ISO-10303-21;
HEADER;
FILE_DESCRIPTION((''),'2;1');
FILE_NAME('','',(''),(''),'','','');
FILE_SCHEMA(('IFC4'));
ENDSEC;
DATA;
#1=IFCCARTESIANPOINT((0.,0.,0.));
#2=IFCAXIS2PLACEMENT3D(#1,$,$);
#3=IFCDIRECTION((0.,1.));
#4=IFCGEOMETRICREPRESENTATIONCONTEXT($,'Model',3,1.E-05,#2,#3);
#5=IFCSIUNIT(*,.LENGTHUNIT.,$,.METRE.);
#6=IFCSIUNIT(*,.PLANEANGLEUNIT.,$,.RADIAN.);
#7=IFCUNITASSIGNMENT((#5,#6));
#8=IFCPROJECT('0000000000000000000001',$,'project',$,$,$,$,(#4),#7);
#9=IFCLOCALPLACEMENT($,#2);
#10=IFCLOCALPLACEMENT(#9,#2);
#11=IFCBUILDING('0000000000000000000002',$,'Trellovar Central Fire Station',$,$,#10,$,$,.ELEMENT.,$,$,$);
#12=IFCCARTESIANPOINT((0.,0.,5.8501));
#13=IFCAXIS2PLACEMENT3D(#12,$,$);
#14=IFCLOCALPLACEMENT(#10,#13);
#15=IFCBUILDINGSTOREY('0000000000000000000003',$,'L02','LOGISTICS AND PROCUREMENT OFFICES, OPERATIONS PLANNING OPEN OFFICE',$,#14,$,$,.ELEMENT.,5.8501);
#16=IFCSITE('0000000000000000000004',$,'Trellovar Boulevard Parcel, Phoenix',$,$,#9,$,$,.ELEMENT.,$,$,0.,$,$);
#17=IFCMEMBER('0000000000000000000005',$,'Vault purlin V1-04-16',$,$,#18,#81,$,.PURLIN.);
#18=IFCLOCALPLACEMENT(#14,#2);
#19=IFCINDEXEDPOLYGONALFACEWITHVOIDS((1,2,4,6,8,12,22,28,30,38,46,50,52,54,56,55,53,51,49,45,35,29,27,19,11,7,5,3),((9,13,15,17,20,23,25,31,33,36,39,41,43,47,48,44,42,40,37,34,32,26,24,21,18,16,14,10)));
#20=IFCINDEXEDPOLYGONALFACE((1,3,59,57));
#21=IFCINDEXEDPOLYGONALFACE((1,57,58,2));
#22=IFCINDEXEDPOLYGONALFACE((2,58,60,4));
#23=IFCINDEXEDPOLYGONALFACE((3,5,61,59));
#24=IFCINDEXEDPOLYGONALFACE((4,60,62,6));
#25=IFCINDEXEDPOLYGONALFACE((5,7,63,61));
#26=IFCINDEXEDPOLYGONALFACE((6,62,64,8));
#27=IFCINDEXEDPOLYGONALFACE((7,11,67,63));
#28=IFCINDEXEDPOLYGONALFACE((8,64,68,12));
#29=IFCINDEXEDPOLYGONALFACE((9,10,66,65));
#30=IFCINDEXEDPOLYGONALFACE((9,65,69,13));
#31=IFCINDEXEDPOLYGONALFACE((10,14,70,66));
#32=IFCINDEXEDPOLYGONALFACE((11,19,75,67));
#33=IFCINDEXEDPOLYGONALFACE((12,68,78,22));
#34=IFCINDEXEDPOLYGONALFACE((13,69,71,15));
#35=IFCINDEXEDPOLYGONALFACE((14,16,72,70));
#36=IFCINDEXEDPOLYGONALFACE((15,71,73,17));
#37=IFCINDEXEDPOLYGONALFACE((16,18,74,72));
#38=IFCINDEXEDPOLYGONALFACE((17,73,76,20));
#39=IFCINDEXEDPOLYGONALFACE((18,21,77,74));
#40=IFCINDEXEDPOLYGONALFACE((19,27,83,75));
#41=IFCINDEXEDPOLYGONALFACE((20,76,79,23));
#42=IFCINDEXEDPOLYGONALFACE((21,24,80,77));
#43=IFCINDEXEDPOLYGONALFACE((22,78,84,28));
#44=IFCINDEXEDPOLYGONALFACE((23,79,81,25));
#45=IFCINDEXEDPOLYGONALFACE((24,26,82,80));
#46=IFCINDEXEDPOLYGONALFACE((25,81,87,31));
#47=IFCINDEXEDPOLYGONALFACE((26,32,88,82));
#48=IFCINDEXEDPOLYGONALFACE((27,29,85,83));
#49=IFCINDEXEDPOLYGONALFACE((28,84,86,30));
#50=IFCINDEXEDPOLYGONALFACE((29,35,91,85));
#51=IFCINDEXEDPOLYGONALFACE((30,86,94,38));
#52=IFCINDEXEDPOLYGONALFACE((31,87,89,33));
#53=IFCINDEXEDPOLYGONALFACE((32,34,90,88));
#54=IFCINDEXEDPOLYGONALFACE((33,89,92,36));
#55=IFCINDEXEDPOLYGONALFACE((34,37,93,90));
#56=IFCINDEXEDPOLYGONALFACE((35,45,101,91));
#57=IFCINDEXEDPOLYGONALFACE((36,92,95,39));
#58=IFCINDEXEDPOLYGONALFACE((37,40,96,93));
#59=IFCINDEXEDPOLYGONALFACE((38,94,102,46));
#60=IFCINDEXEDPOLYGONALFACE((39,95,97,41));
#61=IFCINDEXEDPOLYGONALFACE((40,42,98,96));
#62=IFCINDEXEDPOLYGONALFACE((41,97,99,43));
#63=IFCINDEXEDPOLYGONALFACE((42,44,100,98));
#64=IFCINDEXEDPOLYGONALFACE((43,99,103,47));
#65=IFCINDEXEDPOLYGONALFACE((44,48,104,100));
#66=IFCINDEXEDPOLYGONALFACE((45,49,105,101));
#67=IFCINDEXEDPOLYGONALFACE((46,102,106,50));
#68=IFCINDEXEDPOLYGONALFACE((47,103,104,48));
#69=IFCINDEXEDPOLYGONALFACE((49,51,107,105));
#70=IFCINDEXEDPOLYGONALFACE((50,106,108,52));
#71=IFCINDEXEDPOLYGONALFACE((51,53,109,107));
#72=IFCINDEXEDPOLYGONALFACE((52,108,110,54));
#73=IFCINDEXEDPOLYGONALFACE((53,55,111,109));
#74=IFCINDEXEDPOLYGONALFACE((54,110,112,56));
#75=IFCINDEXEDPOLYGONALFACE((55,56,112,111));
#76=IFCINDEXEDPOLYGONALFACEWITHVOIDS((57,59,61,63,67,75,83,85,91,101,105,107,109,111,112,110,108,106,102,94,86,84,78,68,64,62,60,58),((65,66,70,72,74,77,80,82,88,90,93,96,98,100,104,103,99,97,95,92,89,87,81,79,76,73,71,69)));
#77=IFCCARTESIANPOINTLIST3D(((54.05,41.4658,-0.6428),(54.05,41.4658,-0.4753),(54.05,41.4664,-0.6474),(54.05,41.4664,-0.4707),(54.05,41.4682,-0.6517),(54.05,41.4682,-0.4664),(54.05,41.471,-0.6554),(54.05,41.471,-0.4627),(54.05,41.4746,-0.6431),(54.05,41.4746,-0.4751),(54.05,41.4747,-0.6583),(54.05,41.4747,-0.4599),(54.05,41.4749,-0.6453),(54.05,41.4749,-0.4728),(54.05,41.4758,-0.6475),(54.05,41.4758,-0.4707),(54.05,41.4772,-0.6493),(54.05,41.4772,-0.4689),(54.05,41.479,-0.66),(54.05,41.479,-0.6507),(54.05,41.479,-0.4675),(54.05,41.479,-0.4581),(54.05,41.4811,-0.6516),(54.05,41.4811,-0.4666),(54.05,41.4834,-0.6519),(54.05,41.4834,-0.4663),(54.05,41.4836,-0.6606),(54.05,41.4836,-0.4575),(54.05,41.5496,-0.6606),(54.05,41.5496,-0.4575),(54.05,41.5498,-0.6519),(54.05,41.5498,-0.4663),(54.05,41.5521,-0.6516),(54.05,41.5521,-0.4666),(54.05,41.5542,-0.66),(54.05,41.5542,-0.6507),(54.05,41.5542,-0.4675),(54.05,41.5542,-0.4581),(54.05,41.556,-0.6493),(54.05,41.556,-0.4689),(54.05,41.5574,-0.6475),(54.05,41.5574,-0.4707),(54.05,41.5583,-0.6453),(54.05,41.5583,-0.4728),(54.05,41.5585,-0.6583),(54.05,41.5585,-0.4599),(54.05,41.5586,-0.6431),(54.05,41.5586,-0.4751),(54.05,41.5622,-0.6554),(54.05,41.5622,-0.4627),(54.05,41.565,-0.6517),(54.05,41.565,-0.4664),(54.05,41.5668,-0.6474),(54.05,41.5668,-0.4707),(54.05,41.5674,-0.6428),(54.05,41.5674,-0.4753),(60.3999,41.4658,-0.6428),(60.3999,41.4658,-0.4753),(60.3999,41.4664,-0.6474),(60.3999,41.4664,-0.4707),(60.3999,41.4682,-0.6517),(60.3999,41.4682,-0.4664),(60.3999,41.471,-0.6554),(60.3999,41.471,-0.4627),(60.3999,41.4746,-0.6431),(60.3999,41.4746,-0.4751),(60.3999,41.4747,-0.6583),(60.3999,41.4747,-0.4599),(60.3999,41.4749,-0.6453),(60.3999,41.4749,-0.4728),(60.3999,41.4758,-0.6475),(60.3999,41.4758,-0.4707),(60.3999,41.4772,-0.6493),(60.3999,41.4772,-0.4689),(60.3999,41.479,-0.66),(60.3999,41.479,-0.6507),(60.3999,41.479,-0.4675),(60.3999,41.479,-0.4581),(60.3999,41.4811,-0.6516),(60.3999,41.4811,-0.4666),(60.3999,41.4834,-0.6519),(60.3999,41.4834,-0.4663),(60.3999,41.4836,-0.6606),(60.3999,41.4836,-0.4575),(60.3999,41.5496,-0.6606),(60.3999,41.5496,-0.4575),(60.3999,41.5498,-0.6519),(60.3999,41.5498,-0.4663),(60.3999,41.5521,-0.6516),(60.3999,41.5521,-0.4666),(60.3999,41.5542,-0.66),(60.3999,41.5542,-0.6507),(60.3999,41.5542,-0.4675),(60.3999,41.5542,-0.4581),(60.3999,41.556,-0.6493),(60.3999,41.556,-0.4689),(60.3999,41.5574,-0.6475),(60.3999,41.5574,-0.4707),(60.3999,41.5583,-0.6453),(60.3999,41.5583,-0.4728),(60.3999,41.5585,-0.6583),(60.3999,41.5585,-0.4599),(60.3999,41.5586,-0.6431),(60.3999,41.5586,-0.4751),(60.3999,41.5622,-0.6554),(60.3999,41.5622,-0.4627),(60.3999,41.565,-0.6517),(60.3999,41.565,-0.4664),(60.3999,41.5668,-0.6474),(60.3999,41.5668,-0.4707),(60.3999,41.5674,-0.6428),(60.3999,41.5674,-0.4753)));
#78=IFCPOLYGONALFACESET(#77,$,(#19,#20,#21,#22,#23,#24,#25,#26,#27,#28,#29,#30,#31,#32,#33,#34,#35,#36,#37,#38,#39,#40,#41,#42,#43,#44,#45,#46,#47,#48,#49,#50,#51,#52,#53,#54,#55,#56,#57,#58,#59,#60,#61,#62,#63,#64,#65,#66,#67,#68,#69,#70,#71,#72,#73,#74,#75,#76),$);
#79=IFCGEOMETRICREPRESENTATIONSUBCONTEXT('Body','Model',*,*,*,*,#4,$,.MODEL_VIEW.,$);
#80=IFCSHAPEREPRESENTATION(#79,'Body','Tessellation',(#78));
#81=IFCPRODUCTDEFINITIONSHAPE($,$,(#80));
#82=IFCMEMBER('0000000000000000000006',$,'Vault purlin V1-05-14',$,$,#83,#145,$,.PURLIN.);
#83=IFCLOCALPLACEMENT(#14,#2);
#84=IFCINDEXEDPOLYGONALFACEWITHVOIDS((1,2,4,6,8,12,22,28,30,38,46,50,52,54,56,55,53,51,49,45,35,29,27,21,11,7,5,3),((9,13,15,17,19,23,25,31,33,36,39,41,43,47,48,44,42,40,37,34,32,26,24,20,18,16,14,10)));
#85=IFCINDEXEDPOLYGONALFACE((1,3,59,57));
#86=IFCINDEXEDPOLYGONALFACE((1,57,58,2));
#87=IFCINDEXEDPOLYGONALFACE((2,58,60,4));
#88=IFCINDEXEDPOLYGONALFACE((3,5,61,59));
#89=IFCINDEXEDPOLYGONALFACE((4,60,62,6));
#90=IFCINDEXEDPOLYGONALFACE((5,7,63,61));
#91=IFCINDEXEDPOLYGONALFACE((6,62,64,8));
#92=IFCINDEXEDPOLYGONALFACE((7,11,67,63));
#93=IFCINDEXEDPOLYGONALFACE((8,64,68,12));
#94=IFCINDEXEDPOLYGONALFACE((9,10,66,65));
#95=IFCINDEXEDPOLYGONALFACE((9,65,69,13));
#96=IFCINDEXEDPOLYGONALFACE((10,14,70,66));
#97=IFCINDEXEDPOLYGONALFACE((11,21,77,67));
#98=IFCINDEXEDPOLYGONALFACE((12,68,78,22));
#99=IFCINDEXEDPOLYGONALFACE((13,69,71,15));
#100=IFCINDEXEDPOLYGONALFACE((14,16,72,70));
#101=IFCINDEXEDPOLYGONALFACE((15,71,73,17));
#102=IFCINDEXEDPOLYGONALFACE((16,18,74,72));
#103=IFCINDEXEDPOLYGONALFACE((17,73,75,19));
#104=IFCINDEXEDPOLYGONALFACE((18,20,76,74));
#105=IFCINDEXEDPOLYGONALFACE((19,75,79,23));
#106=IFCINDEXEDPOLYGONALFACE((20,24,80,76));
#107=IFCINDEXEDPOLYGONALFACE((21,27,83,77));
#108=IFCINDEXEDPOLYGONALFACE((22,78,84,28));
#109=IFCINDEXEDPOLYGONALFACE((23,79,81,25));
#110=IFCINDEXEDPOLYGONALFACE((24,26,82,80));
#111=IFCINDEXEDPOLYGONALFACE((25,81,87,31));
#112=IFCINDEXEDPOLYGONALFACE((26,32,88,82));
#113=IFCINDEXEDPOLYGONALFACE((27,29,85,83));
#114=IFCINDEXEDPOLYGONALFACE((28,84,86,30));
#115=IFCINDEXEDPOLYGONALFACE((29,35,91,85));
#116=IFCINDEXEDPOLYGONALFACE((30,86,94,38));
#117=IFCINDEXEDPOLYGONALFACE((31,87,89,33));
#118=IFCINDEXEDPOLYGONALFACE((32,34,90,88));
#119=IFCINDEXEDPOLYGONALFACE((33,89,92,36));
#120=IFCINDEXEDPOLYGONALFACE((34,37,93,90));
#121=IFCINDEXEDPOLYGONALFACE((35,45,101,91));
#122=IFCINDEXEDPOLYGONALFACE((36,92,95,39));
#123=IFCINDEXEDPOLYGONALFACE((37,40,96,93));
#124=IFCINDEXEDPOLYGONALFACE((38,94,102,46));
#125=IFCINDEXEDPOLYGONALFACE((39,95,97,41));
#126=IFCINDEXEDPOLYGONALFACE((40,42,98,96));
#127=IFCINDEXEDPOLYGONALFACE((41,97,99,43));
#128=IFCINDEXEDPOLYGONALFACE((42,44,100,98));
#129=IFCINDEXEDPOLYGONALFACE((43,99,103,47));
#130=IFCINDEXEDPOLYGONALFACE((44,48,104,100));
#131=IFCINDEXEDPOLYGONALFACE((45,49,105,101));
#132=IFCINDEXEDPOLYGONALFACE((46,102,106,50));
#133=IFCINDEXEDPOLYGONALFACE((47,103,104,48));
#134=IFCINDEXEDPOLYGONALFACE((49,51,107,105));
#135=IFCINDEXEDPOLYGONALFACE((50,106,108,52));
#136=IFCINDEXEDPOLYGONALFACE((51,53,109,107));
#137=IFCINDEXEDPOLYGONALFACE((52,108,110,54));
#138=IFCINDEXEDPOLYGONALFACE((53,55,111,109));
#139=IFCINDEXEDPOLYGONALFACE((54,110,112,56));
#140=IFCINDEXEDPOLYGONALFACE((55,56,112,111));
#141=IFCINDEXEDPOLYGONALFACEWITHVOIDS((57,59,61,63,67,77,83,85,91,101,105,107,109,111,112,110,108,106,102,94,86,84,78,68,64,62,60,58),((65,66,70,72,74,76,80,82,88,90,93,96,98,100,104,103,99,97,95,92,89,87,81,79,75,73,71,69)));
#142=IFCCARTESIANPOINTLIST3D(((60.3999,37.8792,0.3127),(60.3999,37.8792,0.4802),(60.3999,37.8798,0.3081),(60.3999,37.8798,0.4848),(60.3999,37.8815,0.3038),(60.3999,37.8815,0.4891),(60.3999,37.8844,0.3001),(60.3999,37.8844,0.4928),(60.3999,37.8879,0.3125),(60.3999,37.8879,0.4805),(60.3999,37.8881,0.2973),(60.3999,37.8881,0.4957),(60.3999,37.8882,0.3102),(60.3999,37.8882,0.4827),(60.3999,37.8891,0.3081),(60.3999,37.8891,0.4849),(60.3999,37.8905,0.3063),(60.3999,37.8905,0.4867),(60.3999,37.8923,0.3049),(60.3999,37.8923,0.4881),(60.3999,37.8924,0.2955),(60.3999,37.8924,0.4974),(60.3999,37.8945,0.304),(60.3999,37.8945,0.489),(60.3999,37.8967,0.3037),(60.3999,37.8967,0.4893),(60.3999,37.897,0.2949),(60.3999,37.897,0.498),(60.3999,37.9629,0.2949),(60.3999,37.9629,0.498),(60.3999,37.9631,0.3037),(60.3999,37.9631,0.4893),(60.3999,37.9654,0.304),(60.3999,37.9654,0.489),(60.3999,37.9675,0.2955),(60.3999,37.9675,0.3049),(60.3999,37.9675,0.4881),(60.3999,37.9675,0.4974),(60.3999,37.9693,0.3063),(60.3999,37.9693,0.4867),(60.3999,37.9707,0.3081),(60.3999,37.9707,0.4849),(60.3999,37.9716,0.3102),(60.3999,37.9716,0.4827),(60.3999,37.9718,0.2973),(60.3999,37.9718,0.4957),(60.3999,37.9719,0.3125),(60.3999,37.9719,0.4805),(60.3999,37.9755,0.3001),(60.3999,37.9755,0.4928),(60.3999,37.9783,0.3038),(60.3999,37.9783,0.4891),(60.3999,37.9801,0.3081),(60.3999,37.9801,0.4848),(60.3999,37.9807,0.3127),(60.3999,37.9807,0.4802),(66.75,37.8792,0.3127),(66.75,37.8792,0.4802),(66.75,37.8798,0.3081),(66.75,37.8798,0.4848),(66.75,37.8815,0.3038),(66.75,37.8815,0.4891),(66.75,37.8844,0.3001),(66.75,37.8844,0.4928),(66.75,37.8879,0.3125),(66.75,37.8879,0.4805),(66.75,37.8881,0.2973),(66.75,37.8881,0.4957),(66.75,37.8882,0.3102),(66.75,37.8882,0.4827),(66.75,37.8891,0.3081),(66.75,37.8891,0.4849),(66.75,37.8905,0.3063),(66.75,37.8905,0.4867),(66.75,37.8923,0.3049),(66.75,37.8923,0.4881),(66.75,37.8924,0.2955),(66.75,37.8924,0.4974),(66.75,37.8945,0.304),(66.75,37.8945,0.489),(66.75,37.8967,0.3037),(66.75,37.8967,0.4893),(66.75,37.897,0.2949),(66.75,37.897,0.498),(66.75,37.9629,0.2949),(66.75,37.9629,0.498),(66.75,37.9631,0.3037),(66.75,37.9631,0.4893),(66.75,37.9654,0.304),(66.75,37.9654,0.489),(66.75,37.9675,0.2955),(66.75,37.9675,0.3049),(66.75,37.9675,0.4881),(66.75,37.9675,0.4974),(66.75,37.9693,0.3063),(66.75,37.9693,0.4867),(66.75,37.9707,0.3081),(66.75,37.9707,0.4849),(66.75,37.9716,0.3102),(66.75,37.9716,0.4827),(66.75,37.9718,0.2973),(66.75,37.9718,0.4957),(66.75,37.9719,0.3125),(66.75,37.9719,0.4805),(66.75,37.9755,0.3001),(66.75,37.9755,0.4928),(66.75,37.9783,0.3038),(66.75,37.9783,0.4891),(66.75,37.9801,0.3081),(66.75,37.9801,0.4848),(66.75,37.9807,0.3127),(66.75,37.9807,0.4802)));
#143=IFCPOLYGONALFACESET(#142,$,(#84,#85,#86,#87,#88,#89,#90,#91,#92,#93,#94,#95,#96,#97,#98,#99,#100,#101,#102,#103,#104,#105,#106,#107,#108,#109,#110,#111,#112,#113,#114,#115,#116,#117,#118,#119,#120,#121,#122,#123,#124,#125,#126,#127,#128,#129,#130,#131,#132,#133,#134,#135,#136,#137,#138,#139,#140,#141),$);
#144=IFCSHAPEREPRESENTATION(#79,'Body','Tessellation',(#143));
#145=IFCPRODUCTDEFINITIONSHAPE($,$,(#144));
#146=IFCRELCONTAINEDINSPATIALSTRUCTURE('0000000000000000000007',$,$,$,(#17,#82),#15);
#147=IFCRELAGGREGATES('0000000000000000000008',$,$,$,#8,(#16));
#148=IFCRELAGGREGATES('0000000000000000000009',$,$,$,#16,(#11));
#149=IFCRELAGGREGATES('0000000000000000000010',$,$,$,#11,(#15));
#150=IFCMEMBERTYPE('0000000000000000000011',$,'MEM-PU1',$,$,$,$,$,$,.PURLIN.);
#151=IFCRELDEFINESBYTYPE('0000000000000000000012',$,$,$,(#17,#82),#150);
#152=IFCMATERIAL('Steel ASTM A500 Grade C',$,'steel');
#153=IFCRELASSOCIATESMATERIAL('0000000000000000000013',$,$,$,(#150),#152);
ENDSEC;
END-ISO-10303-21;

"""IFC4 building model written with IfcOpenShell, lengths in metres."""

from ifc_helpers import new_model, si_unit, direction, frame, origin, origin_2d, place, context, subcontext, project, spatial, hollow_rectangle, extrude, material, material_profile, profile_set, type_object, element, save


model = new_model("IFC4")

# Units and contexts
model_context = context("Model", 3, precision=1e-05, world=origin(), true_north=direction((0.0, 1.0)))
body_context = subcontext(model_context, "Body", "Model", "MODEL_VIEW")
ifc_project = project(units=[si_unit("LENGTHUNIT", "METRE"), si_unit("PLANEANGLEUNIT", "RADIAN")], contexts=[model_context])

# Site, building, storey
site_placement = place(None, origin())
site = spatial("IfcSite", under=ifc_project, at=site_placement, Name="Trellovar Boulevard Parcel, Phoenix", CompositionType="ELEMENT", RefElevation=0.0)
building_placement = place(site_placement, origin())
building = spatial("IfcBuilding", under=site, at=building_placement, Name="Trellovar Central Fire Station", CompositionType="ELEMENT")
storey_placement = place(building_placement, frame((0.0, 0.0, 5.8501)))
storey = spatial("IfcBuildingStorey", under=building, at=storey_placement, Name="L02", Description="LOGISTICS AND PROCUREMENT OFFICES, OPERATIONS PLANNING OPEN OFFICE", CompositionType="ELEMENT", Elevation=5.8501)

# Members
ifc_material_1 = material(Name="Steel ASTM A500 Grade C", Category="steel")
ifc_material_profile_1 = material_profile(ifc_material_1, hollow_rectangle(XDim=0.1016, YDim=0.2031, WallThickness=0.0088, InnerFilletRadius=0.0088, OuterFilletRadius=0.0178, at=origin_2d()), Name="HSS8X4X3/8")
ifc_profile_set_1 = profile_set([ifc_material_profile_1], Name="Steel ASTM A500 Grade C")
member_type_1 = type_object("IfcMemberType", Name="MEM-PU1", PredefinedType="PURLIN", material=ifc_profile_set_1)
for number, where, z_axis, x_axis, name in (
    (1, (54.05, 41.5166, -0.5591), (1.0, 0.0, 0.0), (0.0, 1.0, 0.0), "Vault purlin V1-04-16"),
):
    element("IfcMember", number, at=place(storey_placement, frame(where, z_axis=z_axis, x_axis=x_axis)), inside=storey, type_object=member_type_1, Name=name, PredefinedType="PURLIN", context=body_context, shape_type="SweptSolid", body=[
        extrude(hollow_rectangle(XDim=0.1016, YDim=0.2031, WallThickness=0.0088, InnerFilletRadius=0.0088, OuterFilletRadius=0.0178, at=origin_2d()), origin(), (0.0, 0.0, 1.0), 6.3499),
    ])
for number, where, z_axis, x_axis, name in (
    (2, (60.3999, 37.9299, 0.3965), (1.0, 0.0, 0.0), (0.0, 1.0, 0.0), "Vault purlin V1-05-14"),
):
    element("IfcMember", number, at=place(storey_placement, frame(where, z_axis=z_axis, x_axis=x_axis)), inside=storey, type_object=member_type_1, Name=name, PredefinedType="PURLIN", context=body_context, shape_type="SweptSolid", body=[
        extrude(hollow_rectangle(XDim=0.1016, YDim=0.2031, WallThickness=0.0088, InnerFilletRadius=0.0088, OuterFilletRadius=0.0178, at=origin_2d()), origin(), (0.0, 0.0, 1.0), 6.3501),
    ])

save(model, "model.ifc")
